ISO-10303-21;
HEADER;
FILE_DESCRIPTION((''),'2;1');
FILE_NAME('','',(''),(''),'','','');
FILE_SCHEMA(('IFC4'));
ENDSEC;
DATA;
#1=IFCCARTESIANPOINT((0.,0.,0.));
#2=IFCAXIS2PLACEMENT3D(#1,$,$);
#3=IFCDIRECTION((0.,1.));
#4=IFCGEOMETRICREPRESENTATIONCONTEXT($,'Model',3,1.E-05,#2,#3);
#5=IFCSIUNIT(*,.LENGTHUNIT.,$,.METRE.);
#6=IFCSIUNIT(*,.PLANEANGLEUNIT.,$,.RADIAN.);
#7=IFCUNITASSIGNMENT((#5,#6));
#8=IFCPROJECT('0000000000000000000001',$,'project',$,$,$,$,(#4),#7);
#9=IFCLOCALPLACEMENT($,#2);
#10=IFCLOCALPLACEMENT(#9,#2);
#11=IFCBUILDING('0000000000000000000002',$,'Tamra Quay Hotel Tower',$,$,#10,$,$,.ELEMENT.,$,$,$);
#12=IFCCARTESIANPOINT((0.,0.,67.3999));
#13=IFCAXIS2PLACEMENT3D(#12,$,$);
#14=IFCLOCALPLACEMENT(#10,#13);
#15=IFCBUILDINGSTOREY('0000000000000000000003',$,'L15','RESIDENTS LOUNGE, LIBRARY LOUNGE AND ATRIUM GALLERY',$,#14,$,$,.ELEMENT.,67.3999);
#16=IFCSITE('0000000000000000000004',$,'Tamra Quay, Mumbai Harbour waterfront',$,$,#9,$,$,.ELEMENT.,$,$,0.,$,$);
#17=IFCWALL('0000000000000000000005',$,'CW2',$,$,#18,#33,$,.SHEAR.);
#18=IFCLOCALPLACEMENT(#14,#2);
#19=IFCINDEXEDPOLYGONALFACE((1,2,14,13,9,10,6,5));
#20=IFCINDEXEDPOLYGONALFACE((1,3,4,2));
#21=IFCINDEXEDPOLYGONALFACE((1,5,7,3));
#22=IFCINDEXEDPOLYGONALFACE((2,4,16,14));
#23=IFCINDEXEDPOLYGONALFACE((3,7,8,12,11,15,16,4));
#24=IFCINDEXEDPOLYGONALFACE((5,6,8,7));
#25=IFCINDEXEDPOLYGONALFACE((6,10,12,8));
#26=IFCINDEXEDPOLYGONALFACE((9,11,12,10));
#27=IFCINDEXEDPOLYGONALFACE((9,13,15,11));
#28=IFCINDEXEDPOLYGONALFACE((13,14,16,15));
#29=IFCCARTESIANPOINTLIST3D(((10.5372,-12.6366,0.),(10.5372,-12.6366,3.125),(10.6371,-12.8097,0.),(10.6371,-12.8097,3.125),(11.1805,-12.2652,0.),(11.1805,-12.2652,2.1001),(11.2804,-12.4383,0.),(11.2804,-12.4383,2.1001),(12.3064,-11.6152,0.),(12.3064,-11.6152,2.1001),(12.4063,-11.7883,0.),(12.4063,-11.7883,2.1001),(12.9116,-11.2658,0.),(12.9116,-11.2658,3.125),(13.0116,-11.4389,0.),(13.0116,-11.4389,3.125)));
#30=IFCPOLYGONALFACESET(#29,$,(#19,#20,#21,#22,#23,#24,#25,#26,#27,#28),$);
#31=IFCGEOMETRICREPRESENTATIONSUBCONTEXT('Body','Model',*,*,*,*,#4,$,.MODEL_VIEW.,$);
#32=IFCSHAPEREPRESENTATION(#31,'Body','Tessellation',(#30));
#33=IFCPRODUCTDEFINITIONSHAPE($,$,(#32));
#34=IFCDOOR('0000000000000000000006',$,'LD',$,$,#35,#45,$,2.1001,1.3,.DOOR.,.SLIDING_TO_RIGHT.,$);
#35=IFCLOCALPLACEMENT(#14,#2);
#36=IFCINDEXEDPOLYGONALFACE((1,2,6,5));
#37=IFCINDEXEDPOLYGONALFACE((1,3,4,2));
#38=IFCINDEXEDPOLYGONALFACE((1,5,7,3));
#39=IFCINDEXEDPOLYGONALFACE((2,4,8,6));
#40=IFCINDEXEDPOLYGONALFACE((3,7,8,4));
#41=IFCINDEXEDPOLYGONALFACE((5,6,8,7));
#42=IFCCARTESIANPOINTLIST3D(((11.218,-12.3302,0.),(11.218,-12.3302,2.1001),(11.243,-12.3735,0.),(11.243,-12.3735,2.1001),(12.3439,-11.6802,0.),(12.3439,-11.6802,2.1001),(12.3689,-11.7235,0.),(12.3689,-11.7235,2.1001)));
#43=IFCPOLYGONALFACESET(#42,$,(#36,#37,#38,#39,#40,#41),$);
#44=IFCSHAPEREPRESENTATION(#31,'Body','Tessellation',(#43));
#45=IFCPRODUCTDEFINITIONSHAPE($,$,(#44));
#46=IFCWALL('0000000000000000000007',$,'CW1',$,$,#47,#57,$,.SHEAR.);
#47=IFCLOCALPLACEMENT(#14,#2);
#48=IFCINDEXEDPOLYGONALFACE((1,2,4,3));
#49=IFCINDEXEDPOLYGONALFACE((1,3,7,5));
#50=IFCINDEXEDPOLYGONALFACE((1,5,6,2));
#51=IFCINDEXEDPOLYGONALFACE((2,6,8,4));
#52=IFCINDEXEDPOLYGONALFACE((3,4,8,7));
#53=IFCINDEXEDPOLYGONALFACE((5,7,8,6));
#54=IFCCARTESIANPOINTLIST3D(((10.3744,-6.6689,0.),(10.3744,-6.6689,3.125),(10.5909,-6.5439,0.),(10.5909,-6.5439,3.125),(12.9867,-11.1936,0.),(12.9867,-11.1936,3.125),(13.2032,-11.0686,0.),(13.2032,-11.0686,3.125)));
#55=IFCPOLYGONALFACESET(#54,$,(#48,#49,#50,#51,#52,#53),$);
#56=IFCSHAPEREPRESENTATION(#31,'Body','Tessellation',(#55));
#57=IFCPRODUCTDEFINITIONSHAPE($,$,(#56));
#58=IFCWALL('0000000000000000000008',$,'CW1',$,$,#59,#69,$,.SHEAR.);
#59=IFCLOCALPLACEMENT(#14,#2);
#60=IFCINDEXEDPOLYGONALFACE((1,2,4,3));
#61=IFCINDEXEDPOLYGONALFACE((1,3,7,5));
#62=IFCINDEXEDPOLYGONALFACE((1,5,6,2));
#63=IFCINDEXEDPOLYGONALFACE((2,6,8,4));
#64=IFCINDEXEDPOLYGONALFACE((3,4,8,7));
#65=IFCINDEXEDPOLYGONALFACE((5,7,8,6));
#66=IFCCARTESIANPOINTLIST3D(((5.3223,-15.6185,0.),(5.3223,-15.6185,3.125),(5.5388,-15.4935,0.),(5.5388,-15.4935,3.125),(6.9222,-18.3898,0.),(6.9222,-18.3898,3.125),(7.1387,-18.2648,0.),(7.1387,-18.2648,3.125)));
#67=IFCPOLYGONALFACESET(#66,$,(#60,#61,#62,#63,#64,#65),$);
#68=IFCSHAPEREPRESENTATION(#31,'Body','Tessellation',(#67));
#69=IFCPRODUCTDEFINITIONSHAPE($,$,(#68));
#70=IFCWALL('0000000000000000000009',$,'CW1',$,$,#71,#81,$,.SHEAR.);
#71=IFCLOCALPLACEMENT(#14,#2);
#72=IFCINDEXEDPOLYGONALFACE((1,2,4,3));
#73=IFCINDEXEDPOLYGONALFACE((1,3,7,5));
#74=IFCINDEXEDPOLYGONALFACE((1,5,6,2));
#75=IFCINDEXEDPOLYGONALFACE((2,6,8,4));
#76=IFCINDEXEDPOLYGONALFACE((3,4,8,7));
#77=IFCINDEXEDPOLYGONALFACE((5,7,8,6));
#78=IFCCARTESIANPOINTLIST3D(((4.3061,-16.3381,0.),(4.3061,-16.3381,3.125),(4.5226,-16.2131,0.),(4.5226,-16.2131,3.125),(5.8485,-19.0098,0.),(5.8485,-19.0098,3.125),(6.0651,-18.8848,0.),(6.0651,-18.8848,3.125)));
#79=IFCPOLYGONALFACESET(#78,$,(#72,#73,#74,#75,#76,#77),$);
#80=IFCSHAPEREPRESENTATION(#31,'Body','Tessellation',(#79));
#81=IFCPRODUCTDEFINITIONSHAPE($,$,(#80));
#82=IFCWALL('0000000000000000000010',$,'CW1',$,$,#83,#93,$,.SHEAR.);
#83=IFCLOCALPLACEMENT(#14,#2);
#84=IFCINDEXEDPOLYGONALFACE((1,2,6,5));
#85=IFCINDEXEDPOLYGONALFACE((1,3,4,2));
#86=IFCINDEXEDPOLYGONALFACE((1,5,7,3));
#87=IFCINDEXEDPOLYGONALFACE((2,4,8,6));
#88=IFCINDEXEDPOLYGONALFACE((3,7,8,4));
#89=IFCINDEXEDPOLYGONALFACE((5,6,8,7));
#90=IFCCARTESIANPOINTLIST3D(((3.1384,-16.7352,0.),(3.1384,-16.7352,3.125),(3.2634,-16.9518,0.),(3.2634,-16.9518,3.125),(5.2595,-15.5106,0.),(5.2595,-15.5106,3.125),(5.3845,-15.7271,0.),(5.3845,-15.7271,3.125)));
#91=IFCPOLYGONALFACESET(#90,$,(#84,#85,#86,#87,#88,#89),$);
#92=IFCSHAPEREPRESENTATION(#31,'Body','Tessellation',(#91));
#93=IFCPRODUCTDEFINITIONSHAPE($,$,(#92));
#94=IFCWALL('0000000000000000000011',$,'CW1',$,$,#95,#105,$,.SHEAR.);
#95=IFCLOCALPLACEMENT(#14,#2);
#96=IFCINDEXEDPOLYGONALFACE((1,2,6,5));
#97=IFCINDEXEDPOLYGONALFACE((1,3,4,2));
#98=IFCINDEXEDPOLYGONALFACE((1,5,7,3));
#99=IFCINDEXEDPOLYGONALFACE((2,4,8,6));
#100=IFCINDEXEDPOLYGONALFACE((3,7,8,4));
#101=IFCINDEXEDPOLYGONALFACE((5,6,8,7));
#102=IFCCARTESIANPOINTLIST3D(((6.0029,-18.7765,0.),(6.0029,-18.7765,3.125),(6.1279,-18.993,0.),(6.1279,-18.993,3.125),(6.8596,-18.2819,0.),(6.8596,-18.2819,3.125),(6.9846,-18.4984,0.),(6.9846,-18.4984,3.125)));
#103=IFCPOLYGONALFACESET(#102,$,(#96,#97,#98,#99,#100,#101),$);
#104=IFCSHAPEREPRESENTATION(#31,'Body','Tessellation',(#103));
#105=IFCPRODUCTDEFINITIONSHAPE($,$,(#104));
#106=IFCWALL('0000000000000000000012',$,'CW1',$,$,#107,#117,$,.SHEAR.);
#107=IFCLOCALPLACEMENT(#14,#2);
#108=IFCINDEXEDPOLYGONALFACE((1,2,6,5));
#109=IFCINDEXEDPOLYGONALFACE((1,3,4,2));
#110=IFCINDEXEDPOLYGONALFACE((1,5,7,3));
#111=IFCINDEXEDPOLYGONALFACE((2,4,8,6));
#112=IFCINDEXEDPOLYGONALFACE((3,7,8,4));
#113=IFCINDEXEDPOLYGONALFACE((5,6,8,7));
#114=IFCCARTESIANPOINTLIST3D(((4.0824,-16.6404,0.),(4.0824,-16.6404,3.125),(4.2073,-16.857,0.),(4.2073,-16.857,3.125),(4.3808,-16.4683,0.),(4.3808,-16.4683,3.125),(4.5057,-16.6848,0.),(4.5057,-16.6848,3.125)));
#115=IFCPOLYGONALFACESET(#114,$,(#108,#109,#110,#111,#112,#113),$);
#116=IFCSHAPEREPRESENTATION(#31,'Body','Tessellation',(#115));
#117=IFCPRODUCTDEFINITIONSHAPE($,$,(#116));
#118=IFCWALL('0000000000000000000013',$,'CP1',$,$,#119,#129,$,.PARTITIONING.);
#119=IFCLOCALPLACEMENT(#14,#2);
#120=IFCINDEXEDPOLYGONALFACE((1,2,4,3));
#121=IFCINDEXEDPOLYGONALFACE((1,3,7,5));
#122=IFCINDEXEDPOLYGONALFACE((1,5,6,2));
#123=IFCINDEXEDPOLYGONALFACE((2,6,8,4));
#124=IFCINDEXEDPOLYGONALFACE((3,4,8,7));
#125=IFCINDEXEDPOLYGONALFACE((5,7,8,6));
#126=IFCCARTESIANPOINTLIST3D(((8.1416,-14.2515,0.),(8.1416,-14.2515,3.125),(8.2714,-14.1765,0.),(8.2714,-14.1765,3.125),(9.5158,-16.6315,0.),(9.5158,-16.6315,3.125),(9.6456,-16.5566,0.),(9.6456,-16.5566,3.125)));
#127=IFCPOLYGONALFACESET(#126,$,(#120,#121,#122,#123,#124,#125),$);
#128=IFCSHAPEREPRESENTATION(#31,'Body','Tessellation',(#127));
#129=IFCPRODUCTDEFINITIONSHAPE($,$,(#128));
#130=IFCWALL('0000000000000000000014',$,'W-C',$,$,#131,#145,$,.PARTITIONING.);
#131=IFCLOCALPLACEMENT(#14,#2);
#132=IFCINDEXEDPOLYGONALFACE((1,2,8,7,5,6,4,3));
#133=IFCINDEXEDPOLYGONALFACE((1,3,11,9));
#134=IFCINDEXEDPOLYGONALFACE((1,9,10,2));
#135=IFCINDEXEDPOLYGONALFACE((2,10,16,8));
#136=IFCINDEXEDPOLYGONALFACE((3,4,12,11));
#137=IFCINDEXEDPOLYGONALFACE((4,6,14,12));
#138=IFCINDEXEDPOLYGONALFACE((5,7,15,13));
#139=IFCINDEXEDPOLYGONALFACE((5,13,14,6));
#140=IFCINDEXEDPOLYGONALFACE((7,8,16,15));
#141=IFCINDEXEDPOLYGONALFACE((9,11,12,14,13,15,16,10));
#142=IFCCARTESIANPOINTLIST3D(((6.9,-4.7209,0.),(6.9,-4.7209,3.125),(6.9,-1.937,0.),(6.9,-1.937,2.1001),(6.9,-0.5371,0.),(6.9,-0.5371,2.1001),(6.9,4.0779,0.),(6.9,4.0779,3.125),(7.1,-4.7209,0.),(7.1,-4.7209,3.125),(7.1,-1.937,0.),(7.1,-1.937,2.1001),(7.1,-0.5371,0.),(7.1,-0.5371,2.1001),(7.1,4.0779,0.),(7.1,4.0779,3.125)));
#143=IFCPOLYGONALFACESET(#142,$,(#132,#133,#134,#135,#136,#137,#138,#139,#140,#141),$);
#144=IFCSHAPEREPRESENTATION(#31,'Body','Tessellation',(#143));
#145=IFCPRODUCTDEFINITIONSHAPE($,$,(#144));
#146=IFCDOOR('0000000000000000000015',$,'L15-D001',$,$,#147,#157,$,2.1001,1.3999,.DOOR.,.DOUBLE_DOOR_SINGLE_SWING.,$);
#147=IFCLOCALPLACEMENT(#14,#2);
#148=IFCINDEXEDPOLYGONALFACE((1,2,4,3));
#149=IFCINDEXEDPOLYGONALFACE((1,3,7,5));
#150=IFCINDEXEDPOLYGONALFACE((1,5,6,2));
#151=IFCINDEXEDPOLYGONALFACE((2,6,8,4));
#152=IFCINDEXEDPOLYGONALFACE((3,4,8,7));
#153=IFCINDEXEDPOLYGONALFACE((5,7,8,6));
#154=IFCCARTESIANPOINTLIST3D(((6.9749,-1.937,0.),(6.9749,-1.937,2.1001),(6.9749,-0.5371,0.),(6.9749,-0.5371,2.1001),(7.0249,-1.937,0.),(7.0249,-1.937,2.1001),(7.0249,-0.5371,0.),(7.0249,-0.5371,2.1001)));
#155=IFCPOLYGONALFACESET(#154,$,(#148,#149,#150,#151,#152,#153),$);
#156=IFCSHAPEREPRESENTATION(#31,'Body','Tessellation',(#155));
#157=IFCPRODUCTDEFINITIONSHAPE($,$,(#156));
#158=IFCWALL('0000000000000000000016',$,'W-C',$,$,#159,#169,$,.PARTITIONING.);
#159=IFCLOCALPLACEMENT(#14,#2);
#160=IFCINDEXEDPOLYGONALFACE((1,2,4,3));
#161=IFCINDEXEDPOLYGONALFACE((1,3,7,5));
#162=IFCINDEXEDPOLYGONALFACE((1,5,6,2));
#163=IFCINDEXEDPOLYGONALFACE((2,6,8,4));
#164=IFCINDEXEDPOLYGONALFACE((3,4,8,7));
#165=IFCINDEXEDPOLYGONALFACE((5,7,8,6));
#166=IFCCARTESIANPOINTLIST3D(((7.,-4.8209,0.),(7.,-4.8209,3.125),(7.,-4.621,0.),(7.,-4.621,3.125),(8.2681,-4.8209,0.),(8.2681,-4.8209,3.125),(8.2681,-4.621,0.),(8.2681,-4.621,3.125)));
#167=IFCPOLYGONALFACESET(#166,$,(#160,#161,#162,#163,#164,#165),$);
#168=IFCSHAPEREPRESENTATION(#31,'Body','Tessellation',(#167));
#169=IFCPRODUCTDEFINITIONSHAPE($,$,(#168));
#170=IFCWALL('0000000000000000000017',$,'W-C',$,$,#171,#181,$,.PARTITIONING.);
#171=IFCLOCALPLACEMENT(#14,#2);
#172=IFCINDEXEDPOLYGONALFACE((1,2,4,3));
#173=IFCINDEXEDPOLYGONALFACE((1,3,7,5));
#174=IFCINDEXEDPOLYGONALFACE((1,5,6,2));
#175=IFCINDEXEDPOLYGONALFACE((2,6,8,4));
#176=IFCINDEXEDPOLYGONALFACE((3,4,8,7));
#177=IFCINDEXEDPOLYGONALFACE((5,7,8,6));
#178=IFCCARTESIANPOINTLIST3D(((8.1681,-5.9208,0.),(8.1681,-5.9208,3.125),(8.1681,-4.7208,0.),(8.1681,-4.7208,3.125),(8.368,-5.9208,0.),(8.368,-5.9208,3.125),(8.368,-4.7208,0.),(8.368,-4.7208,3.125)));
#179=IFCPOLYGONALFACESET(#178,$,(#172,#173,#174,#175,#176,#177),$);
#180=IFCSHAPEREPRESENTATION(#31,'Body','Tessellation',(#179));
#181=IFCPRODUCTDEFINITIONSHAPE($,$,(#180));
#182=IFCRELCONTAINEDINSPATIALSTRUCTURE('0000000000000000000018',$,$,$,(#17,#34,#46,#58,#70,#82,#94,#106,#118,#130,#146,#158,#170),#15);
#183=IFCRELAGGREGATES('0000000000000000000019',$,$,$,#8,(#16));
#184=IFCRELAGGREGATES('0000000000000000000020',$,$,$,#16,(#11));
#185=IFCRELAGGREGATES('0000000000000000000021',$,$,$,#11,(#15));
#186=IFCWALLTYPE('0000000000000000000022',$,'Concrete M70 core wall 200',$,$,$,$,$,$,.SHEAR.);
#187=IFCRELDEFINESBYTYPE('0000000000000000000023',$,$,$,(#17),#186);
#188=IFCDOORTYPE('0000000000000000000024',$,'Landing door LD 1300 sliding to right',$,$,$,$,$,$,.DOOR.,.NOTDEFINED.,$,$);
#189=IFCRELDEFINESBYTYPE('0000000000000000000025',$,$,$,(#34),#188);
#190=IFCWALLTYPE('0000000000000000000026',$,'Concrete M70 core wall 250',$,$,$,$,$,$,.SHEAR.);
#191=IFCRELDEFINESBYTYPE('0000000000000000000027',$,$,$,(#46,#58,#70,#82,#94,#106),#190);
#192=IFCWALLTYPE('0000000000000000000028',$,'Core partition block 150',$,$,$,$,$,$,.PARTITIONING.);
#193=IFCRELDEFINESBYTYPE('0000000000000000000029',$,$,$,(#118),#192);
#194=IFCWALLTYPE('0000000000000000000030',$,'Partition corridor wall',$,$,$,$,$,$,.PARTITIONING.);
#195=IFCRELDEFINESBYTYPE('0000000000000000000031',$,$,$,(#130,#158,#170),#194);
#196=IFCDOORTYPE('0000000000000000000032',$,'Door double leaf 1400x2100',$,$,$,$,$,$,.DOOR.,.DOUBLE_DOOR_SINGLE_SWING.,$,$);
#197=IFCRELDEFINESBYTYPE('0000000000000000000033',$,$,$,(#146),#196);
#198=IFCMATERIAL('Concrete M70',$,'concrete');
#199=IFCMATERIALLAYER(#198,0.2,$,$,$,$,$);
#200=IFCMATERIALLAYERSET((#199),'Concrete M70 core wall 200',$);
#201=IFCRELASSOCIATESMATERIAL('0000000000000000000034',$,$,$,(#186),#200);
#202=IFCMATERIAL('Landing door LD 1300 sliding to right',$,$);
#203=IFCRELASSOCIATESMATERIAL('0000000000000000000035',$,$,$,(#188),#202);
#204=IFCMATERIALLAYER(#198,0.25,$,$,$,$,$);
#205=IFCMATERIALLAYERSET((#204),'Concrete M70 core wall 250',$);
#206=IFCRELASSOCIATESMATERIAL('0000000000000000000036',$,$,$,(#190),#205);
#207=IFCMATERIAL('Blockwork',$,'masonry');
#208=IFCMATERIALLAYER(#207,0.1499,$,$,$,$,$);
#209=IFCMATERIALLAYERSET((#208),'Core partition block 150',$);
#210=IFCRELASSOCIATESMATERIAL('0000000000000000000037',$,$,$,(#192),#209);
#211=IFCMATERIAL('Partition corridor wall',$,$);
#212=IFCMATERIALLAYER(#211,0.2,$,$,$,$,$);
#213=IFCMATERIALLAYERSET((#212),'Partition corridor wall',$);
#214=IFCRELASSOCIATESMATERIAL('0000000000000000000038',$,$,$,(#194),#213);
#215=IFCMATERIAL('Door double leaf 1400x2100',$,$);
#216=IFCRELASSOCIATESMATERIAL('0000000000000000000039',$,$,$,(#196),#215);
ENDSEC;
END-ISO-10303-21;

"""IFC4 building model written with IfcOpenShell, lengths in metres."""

from ifc_helpers import new_model, si_unit, direction, frame, frame_2d, origin, place, context, subcontext, project, spatial, rectangle, extrude, material, layer, layer_set, type_object, element, fill, save


model = new_model("IFC4")

# Units and contexts
model_context = context("Model", 3, precision=1e-05, world=origin(), true_north=direction((0.0, 1.0)))
body_context = subcontext(model_context, "Body", "Model", "MODEL_VIEW")
ifc_project = project(units=[si_unit("LENGTHUNIT", "METRE"), si_unit("PLANEANGLEUNIT", "RADIAN")], contexts=[model_context])

# Site, building, storey
site_placement = place(None, origin())
site = spatial("IfcSite", under=ifc_project, at=site_placement, Name="Tamra Quay, Mumbai Harbour waterfront", CompositionType="ELEMENT", RefElevation=0.0)
building_placement = place(site_placement, origin())
building = spatial("IfcBuilding", under=site, at=building_placement, Name="Tamra Quay Hotel Tower", CompositionType="ELEMENT")
storey_placement = place(building_placement, frame((0.0, 0.0, 67.3999)))
storey = spatial("IfcBuildingStorey", under=building, at=storey_placement, Name="L15", Description="RESIDENTS LOUNGE, LIBRARY LOUNGE AND ATRIUM GALLERY", CompositionType="ELEMENT", Elevation=67.3999)

# Shared definitions
ifc_material_1 = material(Name="Concrete M70", Category="concrete")
ifc_layer_1 = layer(ifc_material_1, 0.2)
ifc_layer_set_1 = layer_set([ifc_layer_1], Name="Concrete M70 core wall 200")
wall_type_1 = type_object("IfcWallType", Name="Concrete M70 core wall 200", PredefinedType="SHEAR", material=ifc_layer_set_1)

# Wall, opening, door
wall_1_placement = place(storey_placement, frame((10.5872, -12.7231, 0.0), z_axis=(0.0, 0.0, 1.0), x_axis=(0.866037, 0.499979, 0.0)))
wall_1 = element("IfcWall", 1, at=wall_1_placement, inside=storey, type_object=wall_type_1, Name="CW2", PredefinedType="SHEAR", context=body_context, shape_type="SweptSolid", body=[
    extrude(rectangle(XDim=2.7417, YDim=0.2, at=frame_2d((1.3708, 0.0))), origin(), (0.0, 0.0, 1.0), 3.125),
])
opening_1_placement = place(wall_1_placement, frame((0.7429, 0.0, 0.0)))
opening_1 = element("IfcOpeningElement", 2, at=opening_1_placement, cuts=wall_1, PredefinedType="OPENING", context=body_context, shape_type="SweptSolid", body=[
    extrude(rectangle(XDim=1.3, YDim=2.1001, at=frame_2d((0.6499, 1.05))), frame((0.0, 0.1099, 0.0), z_axis=(0.0, -1.0, 0.0), x_axis=(1.0, 0.0, 0.0)), (0.0, 0.0, 1.0), 0.22),
])
ifc_material_2 = material(Name="Landing door LD 1300 sliding to right")
door_type_1 = type_object("IfcDoorType", Name="Landing door LD 1300 sliding to right", OperationType="NOTDEFINED", PredefinedType="DOOR", material=ifc_material_2)
door_1_placement = place(opening_1_placement, origin())
door_1 = element("IfcDoor", 3, at=door_1_placement, inside=storey, type_object=door_type_1, Name="LD", OperationType="SLIDING_TO_RIGHT", OverallHeight=2.1001, OverallWidth=1.3, PredefinedType="DOOR", context=body_context, shape_type="SweptSolid", body=[
    extrude(rectangle(XDim=1.3, YDim=2.1001, at=frame_2d((0.6499, 1.05))), frame((0.0, 0.0249, 0.0), z_axis=(0.0, -1.0, 0.0), x_axis=(1.0, 0.0, 0.0)), (0.0, 0.0, 1.0), 0.05),
])
fill(opening_1, door_1)

# Walls
ifc_layer_2 = layer(ifc_material_1, 0.25)
ifc_layer_set_2 = layer_set([ifc_layer_2], Name="Concrete M70 core wall 250")
wall_type_2 = type_object("IfcWallType", Name="Concrete M70 core wall 250", PredefinedType="SHEAR", material=ifc_layer_set_2)
wall_2_placement = place(storey_placement, frame((10.4827, -6.6064, 0.0), z_axis=(0.0, 0.0, 1.0), x_axis=(0.499999, -0.866026, 0.0)))
element("IfcWall", 4, at=wall_2_placement, inside=storey, type_object=wall_type_2, Name="CW1", PredefinedType="SHEAR", context=body_context, shape_type="SweptSolid", body=[
    extrude(rectangle(XDim=5.2246, YDim=0.25, at=frame_2d((2.6123, 0.0))), origin(), (0.0, 0.0, 1.0), 3.125),
])
wall_3_placement = place(storey_placement, frame((7.0305, -18.3274, 0.0), z_axis=(0.0, 0.0, 1.0), x_axis=(-0.499971, 0.866042, 0.0)))
element("IfcWall", 5, at=wall_3_placement, inside=storey, type_object=wall_type_2, Name="CW1", PredefinedType="SHEAR", context=body_context, shape_type="SweptSolid", body=[
    extrude(rectangle(XDim=3.2, YDim=0.25, at=frame_2d((1.6001, 0.0))), origin(), (0.0, 0.0, 1.0), 3.125),
])
wall_4_placement = place(storey_placement, frame((4.4143, -16.2756, 0.0), z_axis=(0.0, 0.0, 1.0), x_axis=(0.500003, -0.866023, 0.0)))
element("IfcWall", 6, at=wall_4_placement, inside=storey, type_object=wall_type_2, Name="CW1", PredefinedType="SHEAR", context=body_context, shape_type="SweptSolid", body=[
    extrude(rectangle(XDim=3.085, YDim=0.25, at=frame_2d((1.5425, 0.0))), origin(), (0.0, 0.0, 1.0), 3.125),
])
wall_5_placement = place(storey_placement, frame((5.322, -15.6189, 0.0), z_axis=(0.0, 0.0, 1.0), x_axis=(-0.866026, -0.499999, 0.0)))
element("IfcWall", 7, at=wall_5_placement, inside=storey, type_object=wall_type_2, Name="CW1", PredefinedType="SHEAR", context=body_context, shape_type="SweptSolid", body=[
    extrude(rectangle(XDim=2.4492, YDim=0.25, at=frame_2d((1.2246, 0.0))), origin(), (0.0, 0.0, 1.0), 3.125),
])
wall_6_placement = place(storey_placement, frame((6.0654, -18.8848, 0.0), z_axis=(0.0, 0.0, 1.0), x_axis=(0.866017, 0.500014, 0.0)))
element("IfcWall", 8, at=wall_6_placement, inside=storey, type_object=wall_type_2, Name="CW1", PredefinedType="SHEAR", context=body_context, shape_type="SweptSolid", body=[
    extrude(rectangle(XDim=0.9893, YDim=0.25, at=frame_2d((0.4946, 0.0))), origin(), (0.0, 0.0, 1.0), 3.125),
])
wall_7_placement = place(storey_placement, frame((4.1448, -16.7488, 0.0), z_axis=(0.0, 0.0, 1.0), x_axis=(0.866186, 0.499722, 0.0)))
element("IfcWall", 9, at=wall_7_placement, inside=storey, type_object=wall_type_2, Name="CW1", PredefinedType="SHEAR", context=body_context, shape_type="SweptSolid", body=[
    extrude(rectangle(XDim=0.3445, YDim=0.25, at=frame_2d((0.1724, 0.0))), origin(), (0.0, 0.0, 1.0), 3.125),
])
ifc_material_3 = material(Name="Blockwork", Category="masonry")
ifc_layer_3 = layer(ifc_material_3, 0.1499)
ifc_layer_set_3 = layer_set([ifc_layer_3], Name="Core partition block 150")
wall_type_3 = type_object("IfcWallType", Name="Core partition block 150", PredefinedType="PARTITIONING", material=ifc_layer_set_3)
wall_8_placement = place(storey_placement, frame((8.2065, -14.2141, 0.0), z_axis=(0.0, 0.0, 1.0), x_axis=(0.500027, -0.86601, 0.0)))
element("IfcWall", 10, at=wall_8_placement, inside=storey, type_object=wall_type_3, Name="CP1", PredefinedType="PARTITIONING", context=body_context, shape_type="SweptSolid", body=[
    extrude(rectangle(XDim=2.7483, YDim=0.1499, at=frame_2d((1.374, 0.0))), origin(), (0.0, 0.0, 1.0), 3.125),
])

# Wall, opening, door
ifc_material_4 = material(Name="Partition corridor wall")
ifc_layer_4 = layer(ifc_material_4, 0.2)
ifc_layer_set_4 = layer_set([ifc_layer_4], Name="Partition corridor wall")
wall_type_4 = type_object("IfcWallType", Name="Partition corridor wall", PredefinedType="PARTITIONING", material=ifc_layer_set_4)
wall_9_placement = place(storey_placement, frame((7.0, -4.7209, 0.0), z_axis=(0.0, 0.0, 1.0), x_axis=(0.0, 1.0, 0.0)))
wall_9 = element("IfcWall", 11, at=wall_9_placement, inside=storey, type_object=wall_type_4, Name="W-C", PredefinedType="PARTITIONING", context=body_context, shape_type="SweptSolid", body=[
    extrude(rectangle(XDim=8.7988, YDim=0.2, at=frame_2d((4.3994, 0.0))), origin(), (0.0, 0.0, 1.0), 3.125),
])
opening_2_placement = place(wall_9_placement, frame((2.7839, 0.0, 0.0)))
opening_2 = element("IfcOpeningElement", 12, at=opening_2_placement, cuts=wall_9, PredefinedType="OPENING", context=body_context, shape_type="SweptSolid", body=[
    extrude(rectangle(XDim=1.3999, YDim=2.1001, at=frame_2d((0.7, 1.05))), frame((0.0, 0.1099, 0.0), z_axis=(0.0, -1.0, 0.0), x_axis=(1.0, 0.0, 0.0)), (0.0, 0.0, 1.0), 0.22),
])
ifc_material_5 = material(Name="Door double leaf 1400x2100")
door_type_2 = type_object("IfcDoorType", Name="Door double leaf 1400x2100", OperationType="DOUBLE_DOOR_SINGLE_SWING", PredefinedType="DOOR", material=ifc_material_5)
door_2_placement = place(opening_2_placement, frame((1.3999, 0.0, 0.0), z_axis=(0.0, 0.0, 1.0), x_axis=(-1.0, 0.0, 0.0)))
door_2 = element("IfcDoor", 13, at=door_2_placement, inside=storey, type_object=door_type_2, Name="L15-D001", OperationType="DOUBLE_DOOR_SINGLE_SWING", OverallHeight=2.1001, OverallWidth=1.3999, PredefinedType="DOOR", context=body_context, shape_type="SweptSolid", body=[
    extrude(rectangle(XDim=1.3999, YDim=2.1001, at=frame_2d((0.7, 1.05))), frame((0.0, 0.0249, 0.0), z_axis=(0.0, -1.0, 0.0), x_axis=(1.0, 0.0, 0.0)), (0.0, 0.0, 1.0), 0.05),
])
fill(opening_2, door_2)

# Walls
wall_10_placement = place(storey_placement, frame((7.0, -4.7209, 0.0), z_axis=(0.0, 0.0, 1.0), x_axis=(1.0, 0.0, 0.0)))
element("IfcWall", 14, at=wall_10_placement, inside=storey, type_object=wall_type_4, Name="W-C", PredefinedType="PARTITIONING", context=body_context, shape_type="SweptSolid", body=[
    extrude(rectangle(XDim=1.2681, YDim=0.2, at=frame_2d((0.634, 0.0))), origin(), (0.0, 0.0, 1.0), 3.125),
])
wall_11_placement = place(storey_placement, frame((8.2681, -5.9209, 0.0), z_axis=(0.0, 0.0, 1.0), x_axis=(0.0, 1.0, 0.0)))
element("IfcWall", 15, at=wall_11_placement, inside=storey, type_object=wall_type_4, Name="W-C", PredefinedType="PARTITIONING", context=body_context, shape_type="SweptSolid", body=[
    extrude(rectangle(XDim=1.2, YDim=0.2, at=frame_2d((0.6001, 0.0))), origin(), (0.0, 0.0, 1.0), 3.125),
])

save(model, "model.ifc")
